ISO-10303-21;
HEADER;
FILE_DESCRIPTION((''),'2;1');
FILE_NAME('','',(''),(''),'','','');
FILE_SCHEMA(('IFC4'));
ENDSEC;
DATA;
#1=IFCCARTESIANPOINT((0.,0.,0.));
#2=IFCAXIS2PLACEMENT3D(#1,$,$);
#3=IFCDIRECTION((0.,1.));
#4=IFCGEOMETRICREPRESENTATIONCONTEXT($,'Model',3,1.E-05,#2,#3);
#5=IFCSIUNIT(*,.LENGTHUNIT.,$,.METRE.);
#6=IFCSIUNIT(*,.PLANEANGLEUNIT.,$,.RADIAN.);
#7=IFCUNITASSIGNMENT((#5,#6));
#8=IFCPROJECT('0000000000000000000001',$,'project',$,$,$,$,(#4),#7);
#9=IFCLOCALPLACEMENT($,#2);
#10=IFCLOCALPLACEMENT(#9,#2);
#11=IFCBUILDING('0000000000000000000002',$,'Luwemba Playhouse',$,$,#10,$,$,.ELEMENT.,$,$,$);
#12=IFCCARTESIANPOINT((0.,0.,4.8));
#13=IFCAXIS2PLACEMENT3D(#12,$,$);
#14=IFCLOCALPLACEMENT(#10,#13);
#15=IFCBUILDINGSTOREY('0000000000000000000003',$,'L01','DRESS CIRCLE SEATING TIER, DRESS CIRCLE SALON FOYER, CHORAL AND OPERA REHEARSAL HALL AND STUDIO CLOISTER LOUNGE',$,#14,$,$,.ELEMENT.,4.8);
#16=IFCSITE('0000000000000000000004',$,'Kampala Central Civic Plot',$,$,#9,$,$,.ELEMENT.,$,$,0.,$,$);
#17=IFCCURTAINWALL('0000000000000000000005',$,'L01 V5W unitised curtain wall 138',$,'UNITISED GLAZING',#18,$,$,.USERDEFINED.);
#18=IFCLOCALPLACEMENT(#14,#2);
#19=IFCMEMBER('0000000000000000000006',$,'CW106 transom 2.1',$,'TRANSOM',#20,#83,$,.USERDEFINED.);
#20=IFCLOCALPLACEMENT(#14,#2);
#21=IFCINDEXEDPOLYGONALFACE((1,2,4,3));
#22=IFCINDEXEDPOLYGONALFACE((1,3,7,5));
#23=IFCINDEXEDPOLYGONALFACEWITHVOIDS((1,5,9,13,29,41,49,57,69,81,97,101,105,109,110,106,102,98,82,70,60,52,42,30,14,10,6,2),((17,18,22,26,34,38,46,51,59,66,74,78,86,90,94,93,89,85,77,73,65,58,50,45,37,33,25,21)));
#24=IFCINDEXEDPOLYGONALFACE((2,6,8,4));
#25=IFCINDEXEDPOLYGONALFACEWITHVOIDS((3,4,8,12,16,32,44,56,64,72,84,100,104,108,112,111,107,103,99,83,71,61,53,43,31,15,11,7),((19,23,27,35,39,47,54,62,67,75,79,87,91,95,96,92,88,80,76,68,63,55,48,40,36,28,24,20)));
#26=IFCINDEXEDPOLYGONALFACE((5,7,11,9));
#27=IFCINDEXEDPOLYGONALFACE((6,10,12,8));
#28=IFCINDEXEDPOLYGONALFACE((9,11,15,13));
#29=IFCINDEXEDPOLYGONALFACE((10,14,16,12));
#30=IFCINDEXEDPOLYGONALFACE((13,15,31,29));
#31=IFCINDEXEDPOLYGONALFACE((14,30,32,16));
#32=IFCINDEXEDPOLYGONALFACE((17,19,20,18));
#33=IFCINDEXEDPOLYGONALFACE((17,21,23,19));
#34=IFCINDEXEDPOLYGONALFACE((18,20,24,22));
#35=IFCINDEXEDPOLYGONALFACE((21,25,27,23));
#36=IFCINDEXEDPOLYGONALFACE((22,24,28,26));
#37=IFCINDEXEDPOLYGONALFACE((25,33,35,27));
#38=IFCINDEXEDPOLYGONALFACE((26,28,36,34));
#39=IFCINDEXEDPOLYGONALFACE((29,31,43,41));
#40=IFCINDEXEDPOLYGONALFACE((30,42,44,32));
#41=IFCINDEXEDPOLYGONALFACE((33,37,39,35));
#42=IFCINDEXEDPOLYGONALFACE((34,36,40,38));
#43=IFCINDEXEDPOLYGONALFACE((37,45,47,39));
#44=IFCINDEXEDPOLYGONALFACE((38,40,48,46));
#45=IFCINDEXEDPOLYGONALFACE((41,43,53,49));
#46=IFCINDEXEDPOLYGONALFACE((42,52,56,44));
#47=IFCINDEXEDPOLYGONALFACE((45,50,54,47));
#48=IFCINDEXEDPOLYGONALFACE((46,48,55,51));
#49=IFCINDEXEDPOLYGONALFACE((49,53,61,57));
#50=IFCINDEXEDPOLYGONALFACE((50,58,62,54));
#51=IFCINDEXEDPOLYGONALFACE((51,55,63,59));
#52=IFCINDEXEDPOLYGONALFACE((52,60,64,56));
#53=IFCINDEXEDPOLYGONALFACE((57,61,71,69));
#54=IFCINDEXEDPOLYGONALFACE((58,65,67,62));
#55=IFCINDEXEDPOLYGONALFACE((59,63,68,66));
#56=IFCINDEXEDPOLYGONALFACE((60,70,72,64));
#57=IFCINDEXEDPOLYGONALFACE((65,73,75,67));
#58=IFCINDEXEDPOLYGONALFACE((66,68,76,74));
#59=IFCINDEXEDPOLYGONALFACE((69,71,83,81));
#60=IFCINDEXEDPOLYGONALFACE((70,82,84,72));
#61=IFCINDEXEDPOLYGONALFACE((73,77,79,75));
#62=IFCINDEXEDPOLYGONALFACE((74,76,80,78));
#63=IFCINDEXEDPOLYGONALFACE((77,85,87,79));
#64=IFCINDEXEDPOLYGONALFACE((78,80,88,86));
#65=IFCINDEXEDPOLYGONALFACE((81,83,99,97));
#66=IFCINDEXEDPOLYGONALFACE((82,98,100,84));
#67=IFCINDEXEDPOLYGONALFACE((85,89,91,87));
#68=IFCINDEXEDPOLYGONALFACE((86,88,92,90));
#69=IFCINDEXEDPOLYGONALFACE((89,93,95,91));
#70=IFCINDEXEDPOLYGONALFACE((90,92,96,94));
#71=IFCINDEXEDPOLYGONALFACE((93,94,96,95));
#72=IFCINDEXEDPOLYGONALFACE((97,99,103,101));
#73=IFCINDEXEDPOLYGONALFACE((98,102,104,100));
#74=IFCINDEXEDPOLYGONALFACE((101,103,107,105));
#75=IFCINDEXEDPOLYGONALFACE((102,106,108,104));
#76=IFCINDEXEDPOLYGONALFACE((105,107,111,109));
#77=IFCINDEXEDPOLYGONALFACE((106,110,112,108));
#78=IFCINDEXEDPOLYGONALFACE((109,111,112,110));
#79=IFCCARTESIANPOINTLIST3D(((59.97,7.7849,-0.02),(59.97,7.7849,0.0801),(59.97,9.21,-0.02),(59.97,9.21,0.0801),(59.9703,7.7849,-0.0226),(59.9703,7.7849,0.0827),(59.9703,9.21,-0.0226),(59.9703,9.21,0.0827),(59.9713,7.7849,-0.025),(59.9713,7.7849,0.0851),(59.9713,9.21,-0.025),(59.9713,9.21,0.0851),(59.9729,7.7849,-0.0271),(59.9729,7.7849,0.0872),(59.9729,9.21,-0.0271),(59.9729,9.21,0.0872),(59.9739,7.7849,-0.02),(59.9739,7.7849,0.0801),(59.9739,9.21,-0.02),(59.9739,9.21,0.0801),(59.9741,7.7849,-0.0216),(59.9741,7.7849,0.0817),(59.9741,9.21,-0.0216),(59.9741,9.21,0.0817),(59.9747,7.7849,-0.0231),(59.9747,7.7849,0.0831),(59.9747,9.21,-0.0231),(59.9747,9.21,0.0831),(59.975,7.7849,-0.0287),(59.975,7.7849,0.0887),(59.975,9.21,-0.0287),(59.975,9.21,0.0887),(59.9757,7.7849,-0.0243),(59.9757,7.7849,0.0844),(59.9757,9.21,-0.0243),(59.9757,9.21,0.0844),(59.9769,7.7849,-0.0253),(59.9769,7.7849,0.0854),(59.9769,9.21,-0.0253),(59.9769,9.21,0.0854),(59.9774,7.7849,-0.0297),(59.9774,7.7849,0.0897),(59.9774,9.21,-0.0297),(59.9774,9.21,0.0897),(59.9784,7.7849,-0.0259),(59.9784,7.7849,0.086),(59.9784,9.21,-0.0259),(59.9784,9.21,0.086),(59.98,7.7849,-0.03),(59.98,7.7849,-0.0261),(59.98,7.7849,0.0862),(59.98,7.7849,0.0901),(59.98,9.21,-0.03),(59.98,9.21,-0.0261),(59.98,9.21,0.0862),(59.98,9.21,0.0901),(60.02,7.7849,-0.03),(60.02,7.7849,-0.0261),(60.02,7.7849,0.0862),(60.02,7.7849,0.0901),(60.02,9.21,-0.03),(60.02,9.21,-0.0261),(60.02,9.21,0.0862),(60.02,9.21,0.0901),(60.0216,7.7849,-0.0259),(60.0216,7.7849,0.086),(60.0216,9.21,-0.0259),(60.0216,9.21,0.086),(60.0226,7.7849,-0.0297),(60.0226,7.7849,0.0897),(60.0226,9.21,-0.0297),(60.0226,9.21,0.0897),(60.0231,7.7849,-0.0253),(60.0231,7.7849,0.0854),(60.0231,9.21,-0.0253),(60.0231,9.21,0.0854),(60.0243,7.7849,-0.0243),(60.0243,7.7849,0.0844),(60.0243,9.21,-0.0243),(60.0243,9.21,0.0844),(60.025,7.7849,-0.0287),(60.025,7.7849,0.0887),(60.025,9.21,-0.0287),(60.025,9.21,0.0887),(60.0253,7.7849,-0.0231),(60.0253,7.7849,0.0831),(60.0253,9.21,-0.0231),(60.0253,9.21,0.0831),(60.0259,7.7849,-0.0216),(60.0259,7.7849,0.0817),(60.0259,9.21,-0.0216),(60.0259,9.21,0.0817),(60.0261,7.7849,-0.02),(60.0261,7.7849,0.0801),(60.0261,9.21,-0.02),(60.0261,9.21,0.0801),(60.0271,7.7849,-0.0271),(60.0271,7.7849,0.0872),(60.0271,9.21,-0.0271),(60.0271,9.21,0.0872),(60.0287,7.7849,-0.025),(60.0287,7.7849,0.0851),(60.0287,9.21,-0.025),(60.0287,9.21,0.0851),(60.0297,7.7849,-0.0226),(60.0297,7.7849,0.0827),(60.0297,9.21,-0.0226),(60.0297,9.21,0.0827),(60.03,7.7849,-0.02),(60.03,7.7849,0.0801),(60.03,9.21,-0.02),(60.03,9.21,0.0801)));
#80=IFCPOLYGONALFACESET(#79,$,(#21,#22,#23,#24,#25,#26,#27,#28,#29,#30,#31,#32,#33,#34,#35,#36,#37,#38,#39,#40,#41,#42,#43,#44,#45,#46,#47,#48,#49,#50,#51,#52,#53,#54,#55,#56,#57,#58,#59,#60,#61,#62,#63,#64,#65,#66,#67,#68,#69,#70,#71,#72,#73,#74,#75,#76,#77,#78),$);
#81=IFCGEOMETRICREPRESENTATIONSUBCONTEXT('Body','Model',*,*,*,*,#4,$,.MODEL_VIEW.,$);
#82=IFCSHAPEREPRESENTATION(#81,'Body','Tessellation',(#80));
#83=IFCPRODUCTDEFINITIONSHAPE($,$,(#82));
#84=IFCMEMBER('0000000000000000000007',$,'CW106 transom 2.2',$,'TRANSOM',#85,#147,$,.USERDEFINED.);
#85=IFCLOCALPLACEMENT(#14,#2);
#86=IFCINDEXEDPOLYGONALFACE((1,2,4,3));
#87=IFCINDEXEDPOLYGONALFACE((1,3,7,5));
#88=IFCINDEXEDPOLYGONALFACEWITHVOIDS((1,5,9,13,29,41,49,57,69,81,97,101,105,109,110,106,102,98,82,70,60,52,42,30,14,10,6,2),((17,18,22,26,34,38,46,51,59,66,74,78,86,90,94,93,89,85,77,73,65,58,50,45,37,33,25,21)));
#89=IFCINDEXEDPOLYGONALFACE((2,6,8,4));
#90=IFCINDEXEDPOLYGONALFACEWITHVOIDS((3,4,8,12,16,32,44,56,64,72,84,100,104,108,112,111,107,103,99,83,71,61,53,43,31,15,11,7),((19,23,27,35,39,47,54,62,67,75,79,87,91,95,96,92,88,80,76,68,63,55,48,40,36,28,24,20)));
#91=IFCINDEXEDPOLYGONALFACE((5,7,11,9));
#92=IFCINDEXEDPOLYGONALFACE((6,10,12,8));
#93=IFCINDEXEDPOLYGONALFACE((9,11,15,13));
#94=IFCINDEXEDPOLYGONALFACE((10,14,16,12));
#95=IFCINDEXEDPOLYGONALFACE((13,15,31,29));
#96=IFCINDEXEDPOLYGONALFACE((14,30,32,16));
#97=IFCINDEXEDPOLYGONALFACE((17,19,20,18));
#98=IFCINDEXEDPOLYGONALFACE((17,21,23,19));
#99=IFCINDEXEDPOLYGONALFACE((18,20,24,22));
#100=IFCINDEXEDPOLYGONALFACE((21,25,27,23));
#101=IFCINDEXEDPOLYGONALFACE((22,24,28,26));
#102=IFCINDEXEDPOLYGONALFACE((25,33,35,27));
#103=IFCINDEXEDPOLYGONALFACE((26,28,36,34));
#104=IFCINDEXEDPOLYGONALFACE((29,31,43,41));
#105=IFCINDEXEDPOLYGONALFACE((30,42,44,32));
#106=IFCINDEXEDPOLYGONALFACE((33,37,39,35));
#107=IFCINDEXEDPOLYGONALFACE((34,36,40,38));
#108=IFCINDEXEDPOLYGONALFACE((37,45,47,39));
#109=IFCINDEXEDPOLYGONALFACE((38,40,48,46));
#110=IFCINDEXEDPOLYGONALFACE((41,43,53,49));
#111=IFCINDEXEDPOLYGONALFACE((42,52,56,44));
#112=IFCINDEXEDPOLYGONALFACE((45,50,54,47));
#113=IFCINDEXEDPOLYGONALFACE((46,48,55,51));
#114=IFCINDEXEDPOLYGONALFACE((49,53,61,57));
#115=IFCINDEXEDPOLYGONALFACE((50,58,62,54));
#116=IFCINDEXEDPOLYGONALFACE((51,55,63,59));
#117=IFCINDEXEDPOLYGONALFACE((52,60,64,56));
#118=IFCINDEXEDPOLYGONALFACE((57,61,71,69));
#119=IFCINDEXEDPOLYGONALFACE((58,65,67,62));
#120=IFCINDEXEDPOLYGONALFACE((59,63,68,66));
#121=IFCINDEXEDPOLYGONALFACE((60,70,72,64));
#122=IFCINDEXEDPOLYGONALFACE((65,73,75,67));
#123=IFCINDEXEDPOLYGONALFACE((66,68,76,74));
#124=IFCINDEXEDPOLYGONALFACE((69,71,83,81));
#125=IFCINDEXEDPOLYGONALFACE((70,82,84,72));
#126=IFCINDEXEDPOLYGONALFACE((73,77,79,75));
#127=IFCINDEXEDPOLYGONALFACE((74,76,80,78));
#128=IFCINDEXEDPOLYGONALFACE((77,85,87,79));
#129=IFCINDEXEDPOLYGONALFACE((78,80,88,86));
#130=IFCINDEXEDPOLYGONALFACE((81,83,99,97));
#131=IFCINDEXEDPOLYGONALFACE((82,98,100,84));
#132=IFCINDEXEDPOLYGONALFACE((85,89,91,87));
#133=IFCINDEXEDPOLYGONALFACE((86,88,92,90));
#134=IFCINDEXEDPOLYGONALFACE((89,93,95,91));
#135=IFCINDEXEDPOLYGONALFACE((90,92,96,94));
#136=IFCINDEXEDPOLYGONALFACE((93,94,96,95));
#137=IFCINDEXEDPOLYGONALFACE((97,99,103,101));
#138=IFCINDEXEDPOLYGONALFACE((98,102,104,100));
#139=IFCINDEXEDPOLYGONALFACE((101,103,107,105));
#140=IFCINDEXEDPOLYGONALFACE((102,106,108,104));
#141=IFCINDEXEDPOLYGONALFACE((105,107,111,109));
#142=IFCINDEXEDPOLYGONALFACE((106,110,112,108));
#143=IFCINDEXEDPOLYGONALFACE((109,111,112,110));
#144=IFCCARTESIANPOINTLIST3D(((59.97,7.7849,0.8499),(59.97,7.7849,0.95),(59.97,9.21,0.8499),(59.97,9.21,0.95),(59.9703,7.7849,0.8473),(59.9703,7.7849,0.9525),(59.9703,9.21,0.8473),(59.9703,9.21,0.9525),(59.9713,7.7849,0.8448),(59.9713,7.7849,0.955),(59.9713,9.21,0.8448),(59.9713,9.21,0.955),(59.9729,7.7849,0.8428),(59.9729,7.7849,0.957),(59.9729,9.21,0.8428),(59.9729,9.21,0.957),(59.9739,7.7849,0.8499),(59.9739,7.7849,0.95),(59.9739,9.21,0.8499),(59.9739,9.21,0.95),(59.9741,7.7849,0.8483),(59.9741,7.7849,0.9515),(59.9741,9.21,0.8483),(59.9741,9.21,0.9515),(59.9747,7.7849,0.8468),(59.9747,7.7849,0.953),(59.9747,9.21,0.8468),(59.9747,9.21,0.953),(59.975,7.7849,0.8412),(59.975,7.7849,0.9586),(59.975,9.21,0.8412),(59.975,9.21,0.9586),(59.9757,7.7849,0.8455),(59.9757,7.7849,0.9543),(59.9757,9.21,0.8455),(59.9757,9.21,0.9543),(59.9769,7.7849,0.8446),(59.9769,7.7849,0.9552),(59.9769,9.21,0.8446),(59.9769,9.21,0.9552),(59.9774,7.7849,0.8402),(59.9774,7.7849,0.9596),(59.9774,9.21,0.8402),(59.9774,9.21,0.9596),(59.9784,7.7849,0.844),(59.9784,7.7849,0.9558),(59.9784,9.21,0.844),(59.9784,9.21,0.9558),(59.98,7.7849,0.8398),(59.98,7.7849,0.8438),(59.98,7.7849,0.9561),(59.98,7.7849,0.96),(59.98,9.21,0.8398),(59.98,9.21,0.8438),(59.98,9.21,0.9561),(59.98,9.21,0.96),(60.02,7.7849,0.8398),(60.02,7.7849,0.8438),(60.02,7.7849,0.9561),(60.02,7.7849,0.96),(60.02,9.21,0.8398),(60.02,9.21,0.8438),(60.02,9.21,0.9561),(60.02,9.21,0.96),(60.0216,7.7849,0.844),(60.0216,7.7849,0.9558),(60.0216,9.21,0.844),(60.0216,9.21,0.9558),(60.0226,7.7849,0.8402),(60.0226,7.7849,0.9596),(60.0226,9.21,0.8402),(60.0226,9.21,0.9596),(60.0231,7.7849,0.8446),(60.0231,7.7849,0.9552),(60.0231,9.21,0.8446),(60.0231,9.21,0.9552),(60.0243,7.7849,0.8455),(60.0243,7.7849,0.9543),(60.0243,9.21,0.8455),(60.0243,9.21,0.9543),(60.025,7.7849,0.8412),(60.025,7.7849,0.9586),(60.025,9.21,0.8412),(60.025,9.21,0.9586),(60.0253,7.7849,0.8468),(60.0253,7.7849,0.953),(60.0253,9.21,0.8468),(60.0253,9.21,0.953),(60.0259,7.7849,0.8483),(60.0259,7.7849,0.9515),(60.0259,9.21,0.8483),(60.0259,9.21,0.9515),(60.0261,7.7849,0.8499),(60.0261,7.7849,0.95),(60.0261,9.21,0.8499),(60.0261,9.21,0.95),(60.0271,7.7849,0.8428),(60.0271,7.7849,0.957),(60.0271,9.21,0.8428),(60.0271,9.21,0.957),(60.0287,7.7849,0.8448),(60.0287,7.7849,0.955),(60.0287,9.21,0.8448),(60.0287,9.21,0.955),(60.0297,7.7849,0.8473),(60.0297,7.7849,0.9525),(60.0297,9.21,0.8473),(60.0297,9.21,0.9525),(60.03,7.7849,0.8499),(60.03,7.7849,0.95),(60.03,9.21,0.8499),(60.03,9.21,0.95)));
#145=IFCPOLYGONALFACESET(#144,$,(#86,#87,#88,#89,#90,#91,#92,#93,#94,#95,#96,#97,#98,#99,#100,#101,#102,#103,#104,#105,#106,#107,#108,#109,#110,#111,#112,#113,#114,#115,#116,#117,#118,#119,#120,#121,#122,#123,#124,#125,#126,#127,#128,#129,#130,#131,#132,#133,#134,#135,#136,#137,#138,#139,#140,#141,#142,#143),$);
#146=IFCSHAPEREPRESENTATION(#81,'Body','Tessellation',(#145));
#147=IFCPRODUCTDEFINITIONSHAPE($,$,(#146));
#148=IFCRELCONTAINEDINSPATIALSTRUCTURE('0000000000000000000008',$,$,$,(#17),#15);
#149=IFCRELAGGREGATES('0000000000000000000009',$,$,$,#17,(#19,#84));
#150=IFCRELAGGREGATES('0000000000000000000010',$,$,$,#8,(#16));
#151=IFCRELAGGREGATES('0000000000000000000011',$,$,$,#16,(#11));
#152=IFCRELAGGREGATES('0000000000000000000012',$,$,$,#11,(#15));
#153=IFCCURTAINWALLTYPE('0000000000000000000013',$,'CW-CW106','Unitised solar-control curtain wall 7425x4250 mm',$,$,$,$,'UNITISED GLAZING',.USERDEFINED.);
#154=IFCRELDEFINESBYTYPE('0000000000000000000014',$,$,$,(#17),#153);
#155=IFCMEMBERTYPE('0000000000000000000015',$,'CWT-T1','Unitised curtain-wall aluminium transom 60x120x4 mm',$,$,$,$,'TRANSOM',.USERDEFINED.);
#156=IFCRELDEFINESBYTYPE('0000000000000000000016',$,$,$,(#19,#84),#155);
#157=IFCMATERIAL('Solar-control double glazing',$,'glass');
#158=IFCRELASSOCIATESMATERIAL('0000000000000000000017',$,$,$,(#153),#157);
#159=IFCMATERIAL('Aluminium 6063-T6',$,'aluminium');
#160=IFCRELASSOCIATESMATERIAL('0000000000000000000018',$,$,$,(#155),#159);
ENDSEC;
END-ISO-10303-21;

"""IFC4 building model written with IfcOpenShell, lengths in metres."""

from ifc_helpers import new_model, si_unit, direction, frame, origin, origin_2d, place, context, subcontext, project, spatial, hollow_rectangle, extrude, material, material_profile, profile_set, type_object, element, aggregate, save


model = new_model("IFC4")

# Units and contexts
model_context = context("Model", 3, precision=1e-05, world=origin(), true_north=direction((0.0, 1.0)))
body_context = subcontext(model_context, "Body", "Model", "MODEL_VIEW")
ifc_project = project(units=[si_unit("LENGTHUNIT", "METRE"), si_unit("PLANEANGLEUNIT", "RADIAN")], contexts=[model_context])

# Site, building, storey
site_placement = place(None, origin())
site = spatial("IfcSite", under=ifc_project, at=site_placement, Name="Kampala Central Civic Plot", CompositionType="ELEMENT", RefElevation=0.0)
building_placement = place(site_placement, origin())
building = spatial("IfcBuilding", under=site, at=building_placement, Name="Luwemba Playhouse", CompositionType="ELEMENT")
storey_placement = place(building_placement, frame((0.0, 0.0, 4.8)))
storey = spatial("IfcBuildingStorey", under=building, at=storey_placement, Name="L01", Description="DRESS CIRCLE SEATING TIER, DRESS CIRCLE SALON FOYER, CHORAL AND OPERA REHEARSAL HALL AND STUDIO CLOISTER LOUNGE", CompositionType="ELEMENT", Elevation=4.8)

# Curtain wall, members
ifc_material_1 = material(Name="Solar-control double glazing", Category="glass")
curtain_wall_type = type_object("IfcCurtainWallType", Name="CW-CW106", Description="Unitised solar-control curtain wall 7425x4250 mm", ElementType="UNITISED GLAZING", PredefinedType="USERDEFINED", material=ifc_material_1)
curtain_wall_placement = place(storey_placement, origin())
curtain_wall = element("IfcCurtainWall", 1, at=curtain_wall_placement, inside=storey, type_object=curtain_wall_type, Name="L01 V5W unitised curtain wall 138", ObjectType="UNITISED GLAZING", PredefinedType="USERDEFINED")
ifc_material_2 = material(Name="Aluminium 6063-T6", Category="aluminium")
ifc_material_profile_1 = material_profile(ifc_material_2, hollow_rectangle(XDim=0.0601, YDim=0.1201, WallThickness=0.0039, InnerFilletRadius=0.0061, OuterFilletRadius=0.01, at=origin_2d()))
ifc_profile_set_1 = profile_set([ifc_material_profile_1], Name="Aluminium 6063-T6")
member_type_1 = type_object("IfcMemberType", Name="CWT-T1", Description="Unitised curtain-wall aluminium transom 60x120x4 mm", ElementType="TRANSOM", PredefinedType="USERDEFINED", material=ifc_profile_set_1)
member_1_placement = place(storey_placement, frame((60.0, 9.21, 0.03), z_axis=(0.0, -1.0, 0.0), x_axis=(1.0, 0.0, 0.0)))
member_1 = element("IfcMember", 2, at=member_1_placement, type_object=member_type_1, Name="CW106 transom 2.1", ObjectType="TRANSOM", PredefinedType="USERDEFINED", context=body_context, shape_type="SweptSolid", body=[
    extrude(hollow_rectangle(XDim=0.0601, YDim=0.1201, WallThickness=0.0039, InnerFilletRadius=0.0061, OuterFilletRadius=0.01, at=origin_2d()), origin(), (0.0, 0.0, 1.0), 1.425),
])
member_2_placement = place(storey_placement, frame((60.0, 9.21, 0.8999), z_axis=(0.0, -1.0, 0.0), x_axis=(1.0, 0.0, 0.0)))
member_2 = element("IfcMember", 3, at=member_2_placement, type_object=member_type_1, Name="CW106 transom 2.2", ObjectType="TRANSOM", PredefinedType="USERDEFINED", context=body_context, shape_type="SweptSolid", body=[
    extrude(hollow_rectangle(XDim=0.0601, YDim=0.1201, WallThickness=0.0039, InnerFilletRadius=0.0061, OuterFilletRadius=0.01, at=origin_2d()), origin(), (0.0, 0.0, 1.0), 1.425),
])
aggregate(curtain_wall, [member_1, member_2])

save(model, "model.ifc")
